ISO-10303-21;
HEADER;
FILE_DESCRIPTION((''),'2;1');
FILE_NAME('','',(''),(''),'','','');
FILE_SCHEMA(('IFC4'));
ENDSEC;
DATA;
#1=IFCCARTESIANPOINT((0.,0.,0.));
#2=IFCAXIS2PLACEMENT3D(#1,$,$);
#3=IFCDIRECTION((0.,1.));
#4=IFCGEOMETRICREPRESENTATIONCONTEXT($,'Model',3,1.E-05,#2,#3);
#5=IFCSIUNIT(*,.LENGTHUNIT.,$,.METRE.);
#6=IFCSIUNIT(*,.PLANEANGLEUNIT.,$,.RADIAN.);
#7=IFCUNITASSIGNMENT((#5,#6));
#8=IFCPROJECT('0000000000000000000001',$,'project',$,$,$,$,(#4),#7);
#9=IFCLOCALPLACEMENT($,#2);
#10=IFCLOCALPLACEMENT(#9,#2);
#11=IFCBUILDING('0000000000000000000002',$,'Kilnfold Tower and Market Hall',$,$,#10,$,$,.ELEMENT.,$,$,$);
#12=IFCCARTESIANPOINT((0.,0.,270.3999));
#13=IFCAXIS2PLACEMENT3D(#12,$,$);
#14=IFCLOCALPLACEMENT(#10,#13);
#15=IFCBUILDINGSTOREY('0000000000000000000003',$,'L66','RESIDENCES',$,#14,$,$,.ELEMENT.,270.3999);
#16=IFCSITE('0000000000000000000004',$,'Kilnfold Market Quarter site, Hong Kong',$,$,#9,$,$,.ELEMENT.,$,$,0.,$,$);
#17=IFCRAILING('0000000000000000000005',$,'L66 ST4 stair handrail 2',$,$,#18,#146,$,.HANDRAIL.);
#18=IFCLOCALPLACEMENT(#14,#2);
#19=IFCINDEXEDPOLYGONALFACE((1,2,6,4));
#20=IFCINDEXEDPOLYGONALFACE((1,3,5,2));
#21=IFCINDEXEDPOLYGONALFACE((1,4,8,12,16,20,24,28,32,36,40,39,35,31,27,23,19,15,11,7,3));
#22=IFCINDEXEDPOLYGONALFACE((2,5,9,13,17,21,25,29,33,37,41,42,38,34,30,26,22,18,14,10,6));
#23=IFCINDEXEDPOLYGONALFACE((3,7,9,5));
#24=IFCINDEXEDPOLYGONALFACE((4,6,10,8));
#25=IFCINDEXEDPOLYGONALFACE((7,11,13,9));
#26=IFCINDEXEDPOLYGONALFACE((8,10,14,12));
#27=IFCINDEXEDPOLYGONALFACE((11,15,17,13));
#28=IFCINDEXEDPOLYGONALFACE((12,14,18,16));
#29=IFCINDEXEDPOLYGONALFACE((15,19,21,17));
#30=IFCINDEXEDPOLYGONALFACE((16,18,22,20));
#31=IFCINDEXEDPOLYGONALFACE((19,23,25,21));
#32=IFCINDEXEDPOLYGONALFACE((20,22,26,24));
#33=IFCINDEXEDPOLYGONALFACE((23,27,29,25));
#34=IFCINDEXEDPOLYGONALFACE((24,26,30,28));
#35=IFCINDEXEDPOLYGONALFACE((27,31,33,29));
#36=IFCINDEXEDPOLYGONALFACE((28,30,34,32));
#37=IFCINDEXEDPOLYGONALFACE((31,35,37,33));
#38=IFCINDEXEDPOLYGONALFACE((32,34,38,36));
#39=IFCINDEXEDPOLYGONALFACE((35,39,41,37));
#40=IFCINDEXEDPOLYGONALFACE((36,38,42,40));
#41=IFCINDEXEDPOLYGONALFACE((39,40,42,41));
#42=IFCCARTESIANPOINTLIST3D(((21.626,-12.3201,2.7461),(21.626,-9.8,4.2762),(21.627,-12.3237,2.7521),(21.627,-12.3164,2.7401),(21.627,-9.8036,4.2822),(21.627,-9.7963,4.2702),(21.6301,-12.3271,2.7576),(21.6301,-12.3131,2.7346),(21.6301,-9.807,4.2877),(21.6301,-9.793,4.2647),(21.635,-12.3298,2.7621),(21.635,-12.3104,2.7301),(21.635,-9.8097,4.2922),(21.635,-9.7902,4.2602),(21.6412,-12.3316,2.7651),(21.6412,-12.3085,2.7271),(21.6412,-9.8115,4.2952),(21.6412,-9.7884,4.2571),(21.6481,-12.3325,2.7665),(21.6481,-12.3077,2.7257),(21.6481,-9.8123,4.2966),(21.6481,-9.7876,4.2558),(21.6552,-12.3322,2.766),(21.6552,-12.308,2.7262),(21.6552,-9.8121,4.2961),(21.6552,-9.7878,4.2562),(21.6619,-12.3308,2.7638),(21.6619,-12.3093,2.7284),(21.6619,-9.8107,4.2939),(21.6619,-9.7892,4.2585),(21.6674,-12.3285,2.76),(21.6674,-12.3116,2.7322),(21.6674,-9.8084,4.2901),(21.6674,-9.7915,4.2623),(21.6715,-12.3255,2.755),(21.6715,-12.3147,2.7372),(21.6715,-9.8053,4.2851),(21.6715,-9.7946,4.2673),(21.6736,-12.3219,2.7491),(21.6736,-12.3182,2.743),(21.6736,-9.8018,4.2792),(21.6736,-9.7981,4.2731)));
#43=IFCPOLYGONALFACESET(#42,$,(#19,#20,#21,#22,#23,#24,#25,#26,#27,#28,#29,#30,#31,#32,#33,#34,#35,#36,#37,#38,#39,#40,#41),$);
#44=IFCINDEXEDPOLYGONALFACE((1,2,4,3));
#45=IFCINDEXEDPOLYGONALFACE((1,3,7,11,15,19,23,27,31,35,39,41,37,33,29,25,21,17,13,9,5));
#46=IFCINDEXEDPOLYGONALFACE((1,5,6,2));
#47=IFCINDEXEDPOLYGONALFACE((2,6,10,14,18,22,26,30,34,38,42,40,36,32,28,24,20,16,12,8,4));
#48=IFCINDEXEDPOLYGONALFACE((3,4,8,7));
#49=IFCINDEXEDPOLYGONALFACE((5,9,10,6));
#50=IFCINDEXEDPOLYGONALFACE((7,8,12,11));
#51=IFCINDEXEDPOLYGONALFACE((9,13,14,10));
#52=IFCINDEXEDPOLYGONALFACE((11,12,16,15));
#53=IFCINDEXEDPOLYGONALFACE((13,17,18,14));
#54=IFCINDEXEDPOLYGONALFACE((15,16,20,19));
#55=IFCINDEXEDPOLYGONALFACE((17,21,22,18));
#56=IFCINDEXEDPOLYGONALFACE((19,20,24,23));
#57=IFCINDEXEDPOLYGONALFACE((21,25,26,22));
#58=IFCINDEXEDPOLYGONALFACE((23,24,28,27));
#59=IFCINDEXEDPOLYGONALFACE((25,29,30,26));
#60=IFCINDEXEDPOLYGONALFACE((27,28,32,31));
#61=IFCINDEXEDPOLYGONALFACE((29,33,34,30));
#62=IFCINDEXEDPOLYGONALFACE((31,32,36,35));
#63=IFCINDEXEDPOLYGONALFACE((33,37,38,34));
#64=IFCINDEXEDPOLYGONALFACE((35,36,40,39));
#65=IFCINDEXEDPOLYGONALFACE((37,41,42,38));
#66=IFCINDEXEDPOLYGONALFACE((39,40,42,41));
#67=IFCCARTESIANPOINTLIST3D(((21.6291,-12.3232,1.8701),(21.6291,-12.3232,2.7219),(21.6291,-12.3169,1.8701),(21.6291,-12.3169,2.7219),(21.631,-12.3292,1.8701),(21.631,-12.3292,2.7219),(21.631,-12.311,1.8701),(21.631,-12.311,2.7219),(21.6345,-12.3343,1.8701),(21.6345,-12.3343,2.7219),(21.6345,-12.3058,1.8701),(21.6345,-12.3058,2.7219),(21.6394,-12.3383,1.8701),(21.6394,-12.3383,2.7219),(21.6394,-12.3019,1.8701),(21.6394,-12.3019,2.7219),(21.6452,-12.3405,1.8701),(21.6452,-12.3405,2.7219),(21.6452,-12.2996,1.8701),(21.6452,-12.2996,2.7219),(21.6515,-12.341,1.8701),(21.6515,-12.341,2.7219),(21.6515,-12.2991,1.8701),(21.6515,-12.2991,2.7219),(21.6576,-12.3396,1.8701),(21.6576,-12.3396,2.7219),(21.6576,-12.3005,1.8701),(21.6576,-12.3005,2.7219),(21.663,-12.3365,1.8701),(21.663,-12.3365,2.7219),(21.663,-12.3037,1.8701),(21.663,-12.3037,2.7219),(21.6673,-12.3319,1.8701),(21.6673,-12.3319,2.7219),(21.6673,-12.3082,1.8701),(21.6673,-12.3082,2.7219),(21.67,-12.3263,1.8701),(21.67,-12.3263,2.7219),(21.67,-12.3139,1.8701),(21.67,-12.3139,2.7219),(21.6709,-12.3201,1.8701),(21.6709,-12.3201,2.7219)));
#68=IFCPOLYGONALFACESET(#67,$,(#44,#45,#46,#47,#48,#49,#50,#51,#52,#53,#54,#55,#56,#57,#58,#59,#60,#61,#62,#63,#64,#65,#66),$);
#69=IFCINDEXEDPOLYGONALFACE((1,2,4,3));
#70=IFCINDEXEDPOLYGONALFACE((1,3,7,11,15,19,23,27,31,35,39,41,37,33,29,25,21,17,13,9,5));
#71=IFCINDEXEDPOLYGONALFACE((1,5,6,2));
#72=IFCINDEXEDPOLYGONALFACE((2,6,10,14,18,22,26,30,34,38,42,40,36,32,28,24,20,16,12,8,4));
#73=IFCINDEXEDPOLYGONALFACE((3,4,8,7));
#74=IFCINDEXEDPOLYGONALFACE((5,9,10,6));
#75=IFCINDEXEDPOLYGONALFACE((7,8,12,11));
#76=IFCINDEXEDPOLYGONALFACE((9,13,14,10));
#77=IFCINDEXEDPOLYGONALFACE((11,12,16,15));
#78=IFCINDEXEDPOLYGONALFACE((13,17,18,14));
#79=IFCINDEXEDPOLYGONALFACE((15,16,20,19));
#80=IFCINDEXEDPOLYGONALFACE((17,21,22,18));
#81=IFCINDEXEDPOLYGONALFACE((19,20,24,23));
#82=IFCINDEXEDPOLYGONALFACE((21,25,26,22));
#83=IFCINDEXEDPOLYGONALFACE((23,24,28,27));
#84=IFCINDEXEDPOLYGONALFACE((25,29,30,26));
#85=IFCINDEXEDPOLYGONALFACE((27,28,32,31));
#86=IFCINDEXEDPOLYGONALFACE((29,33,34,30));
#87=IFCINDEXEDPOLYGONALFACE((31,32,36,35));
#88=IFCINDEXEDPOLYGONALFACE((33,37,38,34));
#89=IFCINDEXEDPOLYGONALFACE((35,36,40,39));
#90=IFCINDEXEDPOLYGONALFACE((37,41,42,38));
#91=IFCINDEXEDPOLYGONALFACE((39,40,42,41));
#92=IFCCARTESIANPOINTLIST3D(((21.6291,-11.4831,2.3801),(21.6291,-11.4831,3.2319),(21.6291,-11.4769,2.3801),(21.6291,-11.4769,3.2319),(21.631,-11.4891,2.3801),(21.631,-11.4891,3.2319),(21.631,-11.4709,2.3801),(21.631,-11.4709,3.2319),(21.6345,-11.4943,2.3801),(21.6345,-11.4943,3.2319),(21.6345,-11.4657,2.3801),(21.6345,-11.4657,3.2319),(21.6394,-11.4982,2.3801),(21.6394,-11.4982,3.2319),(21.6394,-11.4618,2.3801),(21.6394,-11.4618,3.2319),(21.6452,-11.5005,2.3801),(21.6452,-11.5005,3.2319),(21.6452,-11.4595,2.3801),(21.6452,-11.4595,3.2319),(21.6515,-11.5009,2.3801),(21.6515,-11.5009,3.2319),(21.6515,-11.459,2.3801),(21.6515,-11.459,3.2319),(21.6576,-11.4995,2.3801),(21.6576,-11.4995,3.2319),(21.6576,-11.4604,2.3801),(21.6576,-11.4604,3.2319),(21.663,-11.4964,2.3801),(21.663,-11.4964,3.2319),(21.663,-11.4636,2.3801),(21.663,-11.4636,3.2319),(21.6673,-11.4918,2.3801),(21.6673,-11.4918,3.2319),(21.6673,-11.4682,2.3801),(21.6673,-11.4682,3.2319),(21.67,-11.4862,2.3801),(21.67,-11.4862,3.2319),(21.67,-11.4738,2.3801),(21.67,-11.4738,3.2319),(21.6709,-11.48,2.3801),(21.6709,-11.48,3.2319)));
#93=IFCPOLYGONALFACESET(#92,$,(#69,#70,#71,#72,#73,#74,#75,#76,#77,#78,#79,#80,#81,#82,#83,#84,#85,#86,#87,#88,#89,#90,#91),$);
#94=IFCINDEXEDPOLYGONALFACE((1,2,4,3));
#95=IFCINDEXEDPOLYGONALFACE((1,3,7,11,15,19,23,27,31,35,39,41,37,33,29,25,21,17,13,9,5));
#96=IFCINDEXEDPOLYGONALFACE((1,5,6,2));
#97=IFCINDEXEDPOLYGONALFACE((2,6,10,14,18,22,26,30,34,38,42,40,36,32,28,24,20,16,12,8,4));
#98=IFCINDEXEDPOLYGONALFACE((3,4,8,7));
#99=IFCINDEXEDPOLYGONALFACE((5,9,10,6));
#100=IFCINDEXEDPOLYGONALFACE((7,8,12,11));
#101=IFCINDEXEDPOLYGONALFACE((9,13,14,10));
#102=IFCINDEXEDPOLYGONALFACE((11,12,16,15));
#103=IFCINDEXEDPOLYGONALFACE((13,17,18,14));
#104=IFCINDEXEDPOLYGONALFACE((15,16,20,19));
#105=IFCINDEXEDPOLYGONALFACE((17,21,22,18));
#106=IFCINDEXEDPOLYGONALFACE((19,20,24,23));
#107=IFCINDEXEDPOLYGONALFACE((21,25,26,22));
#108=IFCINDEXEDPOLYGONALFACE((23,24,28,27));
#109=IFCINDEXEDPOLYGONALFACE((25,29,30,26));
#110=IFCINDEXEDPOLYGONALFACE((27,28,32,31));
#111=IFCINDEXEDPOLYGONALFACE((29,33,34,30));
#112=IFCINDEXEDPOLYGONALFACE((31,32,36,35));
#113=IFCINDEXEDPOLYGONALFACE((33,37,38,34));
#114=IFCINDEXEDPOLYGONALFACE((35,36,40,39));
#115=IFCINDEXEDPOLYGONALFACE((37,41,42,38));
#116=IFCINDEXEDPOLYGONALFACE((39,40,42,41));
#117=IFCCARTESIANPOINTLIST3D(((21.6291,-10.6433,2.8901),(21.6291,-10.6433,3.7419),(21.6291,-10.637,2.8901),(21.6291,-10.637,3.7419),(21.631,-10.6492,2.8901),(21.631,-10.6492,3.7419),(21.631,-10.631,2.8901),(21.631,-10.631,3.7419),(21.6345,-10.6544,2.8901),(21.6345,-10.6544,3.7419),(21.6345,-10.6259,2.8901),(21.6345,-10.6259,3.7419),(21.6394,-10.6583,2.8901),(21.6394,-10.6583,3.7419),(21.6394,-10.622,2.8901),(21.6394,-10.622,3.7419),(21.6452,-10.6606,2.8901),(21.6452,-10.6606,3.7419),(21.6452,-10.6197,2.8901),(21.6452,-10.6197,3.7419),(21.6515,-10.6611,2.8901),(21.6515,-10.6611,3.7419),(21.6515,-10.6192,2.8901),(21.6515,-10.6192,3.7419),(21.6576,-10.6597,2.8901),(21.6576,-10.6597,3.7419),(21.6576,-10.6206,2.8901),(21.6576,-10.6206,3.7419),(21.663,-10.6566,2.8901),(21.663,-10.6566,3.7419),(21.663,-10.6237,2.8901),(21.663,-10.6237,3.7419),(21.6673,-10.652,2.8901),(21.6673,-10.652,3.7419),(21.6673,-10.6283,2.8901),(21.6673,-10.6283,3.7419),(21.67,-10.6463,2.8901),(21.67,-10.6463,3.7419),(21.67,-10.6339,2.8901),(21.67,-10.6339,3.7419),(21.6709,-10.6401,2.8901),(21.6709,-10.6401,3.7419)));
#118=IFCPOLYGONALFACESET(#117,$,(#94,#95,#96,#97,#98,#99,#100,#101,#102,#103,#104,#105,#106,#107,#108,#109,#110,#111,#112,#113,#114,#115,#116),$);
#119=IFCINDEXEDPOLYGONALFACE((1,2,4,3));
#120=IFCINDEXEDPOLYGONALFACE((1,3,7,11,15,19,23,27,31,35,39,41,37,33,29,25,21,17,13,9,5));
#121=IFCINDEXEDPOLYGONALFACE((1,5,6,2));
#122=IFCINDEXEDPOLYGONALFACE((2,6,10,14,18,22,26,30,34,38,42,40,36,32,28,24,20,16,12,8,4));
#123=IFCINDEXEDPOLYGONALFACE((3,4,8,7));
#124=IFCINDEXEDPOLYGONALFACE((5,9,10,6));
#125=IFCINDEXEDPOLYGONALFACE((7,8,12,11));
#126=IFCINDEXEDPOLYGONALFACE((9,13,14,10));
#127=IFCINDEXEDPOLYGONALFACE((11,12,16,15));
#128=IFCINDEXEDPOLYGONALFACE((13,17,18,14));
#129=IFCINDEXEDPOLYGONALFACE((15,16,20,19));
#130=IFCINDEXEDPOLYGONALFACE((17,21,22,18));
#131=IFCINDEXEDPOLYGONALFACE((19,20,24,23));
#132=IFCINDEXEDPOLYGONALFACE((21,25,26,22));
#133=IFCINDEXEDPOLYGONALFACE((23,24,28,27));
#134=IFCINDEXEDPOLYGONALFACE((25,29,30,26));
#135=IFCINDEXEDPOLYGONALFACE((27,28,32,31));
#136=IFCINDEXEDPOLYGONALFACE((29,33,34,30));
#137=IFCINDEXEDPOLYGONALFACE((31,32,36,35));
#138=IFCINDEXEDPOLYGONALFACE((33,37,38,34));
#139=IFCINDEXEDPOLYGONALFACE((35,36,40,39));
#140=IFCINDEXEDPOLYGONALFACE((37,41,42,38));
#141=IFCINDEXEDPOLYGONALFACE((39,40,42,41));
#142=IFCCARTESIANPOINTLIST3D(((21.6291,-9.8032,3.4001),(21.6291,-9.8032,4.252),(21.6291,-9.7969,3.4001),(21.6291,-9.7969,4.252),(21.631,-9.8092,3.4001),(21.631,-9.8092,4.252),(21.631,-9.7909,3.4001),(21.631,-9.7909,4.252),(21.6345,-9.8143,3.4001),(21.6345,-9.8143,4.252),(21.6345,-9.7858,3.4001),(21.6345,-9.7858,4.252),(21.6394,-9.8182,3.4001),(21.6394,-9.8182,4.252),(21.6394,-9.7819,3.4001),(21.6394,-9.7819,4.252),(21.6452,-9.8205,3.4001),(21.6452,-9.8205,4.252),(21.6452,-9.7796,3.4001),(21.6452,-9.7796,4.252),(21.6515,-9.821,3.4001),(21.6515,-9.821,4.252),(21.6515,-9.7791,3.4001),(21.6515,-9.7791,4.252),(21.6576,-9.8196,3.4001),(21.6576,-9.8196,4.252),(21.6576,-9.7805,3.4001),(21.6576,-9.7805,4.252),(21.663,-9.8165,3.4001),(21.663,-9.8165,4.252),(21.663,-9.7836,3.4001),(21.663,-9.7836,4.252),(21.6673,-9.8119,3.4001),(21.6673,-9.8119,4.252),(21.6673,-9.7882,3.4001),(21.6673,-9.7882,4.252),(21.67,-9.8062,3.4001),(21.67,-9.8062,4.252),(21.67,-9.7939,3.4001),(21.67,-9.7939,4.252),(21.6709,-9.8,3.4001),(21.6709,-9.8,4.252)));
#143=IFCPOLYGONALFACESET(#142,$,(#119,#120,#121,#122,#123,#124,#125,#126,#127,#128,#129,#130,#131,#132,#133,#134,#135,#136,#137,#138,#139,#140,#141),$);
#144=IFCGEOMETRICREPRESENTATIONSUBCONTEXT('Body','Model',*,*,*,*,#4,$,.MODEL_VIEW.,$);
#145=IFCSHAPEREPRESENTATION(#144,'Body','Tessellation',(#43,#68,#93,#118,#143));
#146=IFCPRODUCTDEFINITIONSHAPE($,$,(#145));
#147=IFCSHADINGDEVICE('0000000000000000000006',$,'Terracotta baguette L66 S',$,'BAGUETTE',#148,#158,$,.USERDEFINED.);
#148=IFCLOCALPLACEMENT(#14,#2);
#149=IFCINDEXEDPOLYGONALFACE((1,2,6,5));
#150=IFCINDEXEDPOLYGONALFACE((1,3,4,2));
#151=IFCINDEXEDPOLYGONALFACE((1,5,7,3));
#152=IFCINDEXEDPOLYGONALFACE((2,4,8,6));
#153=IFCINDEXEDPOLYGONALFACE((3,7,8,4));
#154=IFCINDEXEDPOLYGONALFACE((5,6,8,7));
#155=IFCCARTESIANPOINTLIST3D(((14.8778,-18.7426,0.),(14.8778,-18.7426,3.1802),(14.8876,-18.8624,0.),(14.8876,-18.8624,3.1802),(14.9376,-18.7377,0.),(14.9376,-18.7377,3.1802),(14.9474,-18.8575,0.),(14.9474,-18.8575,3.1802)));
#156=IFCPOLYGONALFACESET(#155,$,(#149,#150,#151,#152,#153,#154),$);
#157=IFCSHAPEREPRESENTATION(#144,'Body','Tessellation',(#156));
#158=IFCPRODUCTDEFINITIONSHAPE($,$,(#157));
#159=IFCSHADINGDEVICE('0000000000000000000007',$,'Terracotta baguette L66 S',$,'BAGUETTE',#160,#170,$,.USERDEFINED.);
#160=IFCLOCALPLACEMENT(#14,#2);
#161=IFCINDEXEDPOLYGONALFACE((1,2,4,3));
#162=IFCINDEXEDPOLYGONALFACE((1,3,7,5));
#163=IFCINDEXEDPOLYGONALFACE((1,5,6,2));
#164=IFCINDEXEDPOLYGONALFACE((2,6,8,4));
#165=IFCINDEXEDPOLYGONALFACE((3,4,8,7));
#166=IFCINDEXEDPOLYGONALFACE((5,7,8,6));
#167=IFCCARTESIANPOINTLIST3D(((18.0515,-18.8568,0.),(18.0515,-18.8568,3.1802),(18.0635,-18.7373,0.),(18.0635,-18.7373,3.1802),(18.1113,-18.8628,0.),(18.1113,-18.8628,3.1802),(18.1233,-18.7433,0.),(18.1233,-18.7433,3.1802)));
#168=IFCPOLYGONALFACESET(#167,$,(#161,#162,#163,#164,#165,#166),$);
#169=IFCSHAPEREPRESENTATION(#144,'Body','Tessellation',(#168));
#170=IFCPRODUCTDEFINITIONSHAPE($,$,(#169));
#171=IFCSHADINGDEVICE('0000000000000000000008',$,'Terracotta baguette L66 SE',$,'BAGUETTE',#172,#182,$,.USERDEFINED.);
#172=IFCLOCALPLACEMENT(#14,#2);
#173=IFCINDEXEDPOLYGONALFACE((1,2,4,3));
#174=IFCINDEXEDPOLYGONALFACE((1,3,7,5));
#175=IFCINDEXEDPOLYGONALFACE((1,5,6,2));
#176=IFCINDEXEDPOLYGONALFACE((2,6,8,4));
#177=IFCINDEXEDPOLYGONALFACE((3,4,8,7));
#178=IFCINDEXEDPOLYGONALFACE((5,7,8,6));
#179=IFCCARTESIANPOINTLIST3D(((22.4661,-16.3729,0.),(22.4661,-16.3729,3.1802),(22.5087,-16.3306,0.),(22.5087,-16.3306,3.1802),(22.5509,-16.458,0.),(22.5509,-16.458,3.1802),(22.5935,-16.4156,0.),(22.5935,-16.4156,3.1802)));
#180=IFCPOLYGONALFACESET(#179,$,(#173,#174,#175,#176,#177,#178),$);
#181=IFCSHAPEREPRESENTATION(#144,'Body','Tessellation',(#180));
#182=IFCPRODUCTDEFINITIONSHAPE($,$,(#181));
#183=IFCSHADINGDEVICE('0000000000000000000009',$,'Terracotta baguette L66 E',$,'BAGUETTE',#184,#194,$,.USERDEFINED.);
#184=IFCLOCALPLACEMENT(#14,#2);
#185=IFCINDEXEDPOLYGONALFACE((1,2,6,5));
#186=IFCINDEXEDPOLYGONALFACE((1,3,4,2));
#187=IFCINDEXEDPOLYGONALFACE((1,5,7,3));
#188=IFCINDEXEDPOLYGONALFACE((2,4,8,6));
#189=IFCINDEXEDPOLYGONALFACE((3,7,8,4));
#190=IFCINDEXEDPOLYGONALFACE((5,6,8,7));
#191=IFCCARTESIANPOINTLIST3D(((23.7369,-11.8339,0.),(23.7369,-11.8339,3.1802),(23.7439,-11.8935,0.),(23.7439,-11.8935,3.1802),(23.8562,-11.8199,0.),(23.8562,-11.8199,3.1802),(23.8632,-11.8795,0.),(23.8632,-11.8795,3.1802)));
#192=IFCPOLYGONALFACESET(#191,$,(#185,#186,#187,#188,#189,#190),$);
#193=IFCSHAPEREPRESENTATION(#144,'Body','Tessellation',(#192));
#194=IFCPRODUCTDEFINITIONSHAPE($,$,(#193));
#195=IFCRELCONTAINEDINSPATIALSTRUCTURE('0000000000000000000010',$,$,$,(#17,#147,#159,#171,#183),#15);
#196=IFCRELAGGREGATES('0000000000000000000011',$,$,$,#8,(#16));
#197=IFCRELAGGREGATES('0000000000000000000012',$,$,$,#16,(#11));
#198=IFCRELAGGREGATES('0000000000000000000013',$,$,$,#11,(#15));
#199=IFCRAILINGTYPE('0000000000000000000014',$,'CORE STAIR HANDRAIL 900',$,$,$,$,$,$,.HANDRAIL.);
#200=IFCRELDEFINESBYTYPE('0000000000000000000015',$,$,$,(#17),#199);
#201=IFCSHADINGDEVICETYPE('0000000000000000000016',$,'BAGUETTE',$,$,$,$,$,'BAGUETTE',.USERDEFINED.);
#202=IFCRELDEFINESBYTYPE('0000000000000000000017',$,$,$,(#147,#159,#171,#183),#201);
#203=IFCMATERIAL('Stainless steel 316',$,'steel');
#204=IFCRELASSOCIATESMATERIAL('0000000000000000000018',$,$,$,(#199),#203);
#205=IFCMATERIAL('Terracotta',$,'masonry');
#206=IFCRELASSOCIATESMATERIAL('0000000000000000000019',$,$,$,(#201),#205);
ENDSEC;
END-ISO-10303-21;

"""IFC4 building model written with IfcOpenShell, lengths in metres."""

from ifc_helpers import new_model, si_unit, direction, frame, origin, origin_2d, place, context, subcontext, project, spatial, rectangle, circle, extrude, source, transform, mapped, material, material_profile, profile_set, type_object, element, save


model = new_model("IFC4")

# Units and contexts
model_context = context("Model", 3, precision=1e-05, world=origin(), true_north=direction((0.0, 1.0)))
body_context = subcontext(model_context, "Body", "Model", "MODEL_VIEW")
ifc_project = project(units=[si_unit("LENGTHUNIT", "METRE"), si_unit("PLANEANGLEUNIT", "RADIAN")], contexts=[model_context])

# Site, building, storey
site_placement = place(None, origin())
site = spatial("IfcSite", under=ifc_project, at=site_placement, Name="Kilnfold Market Quarter site, Hong Kong", CompositionType="ELEMENT", RefElevation=0.0)
building_placement = place(site_placement, origin())
building = spatial("IfcBuilding", under=site, at=building_placement, Name="Kilnfold Tower and Market Hall", CompositionType="ELEMENT")
storey_placement = place(building_placement, frame((0.0, 0.0, 270.3999)))
storey = spatial("IfcBuildingStorey", under=building, at=storey_placement, Name="L66", Description="RESIDENCES", CompositionType="ELEMENT", Elevation=270.3999)

# Railing
ifc_material_1 = material(Name="Stainless steel 316", Category="steel")
railing_type_1 = type_object("IfcRailingType", Name="CORE STAIR HANDRAIL 900", PredefinedType="HANDRAIL", material=ifc_material_1)
railing_1_placement = place(storey_placement, frame((21.6499, -12.3201, 1.8701)))
element("IfcRailing", 1, at=railing_1_placement, inside=storey, type_object=railing_type_1, Name="L66 ST4 stair handrail 2", PredefinedType="HANDRAIL", context=body_context, shape_type="SweptSolid", body=[
    extrude(circle(Radius=0.0239, at=origin_2d()), frame((0.0, 0.0, 0.876), z_axis=(0.0, 0.854785, 0.518982), x_axis=(-1.0, 0.0, 0.0)), (0.0, 0.0, 1.0), 2.9482),
    extrude(circle(Radius=0.021, at=origin_2d()), origin(), (0.0, 0.0, 1.0), 0.8518),
    extrude(circle(Radius=0.021, at=origin_2d()), frame((0.0, 0.8401, 0.51)), (0.0, 0.0, 1.0), 0.8518),
    extrude(circle(Radius=0.021, at=origin_2d()), frame((0.0, 1.6799, 1.02)), (0.0, 0.0, 1.0), 0.8518),
    extrude(circle(Radius=0.021, at=origin_2d()), frame((0.0, 2.52, 1.53)), (0.0, 0.0, 1.0), 0.8518),
])

# Shading devices
ifc_material_2 = material(Name="Terracotta", Category="masonry")
ifc_material_profile_1 = material_profile(ifc_material_2, rectangle(XDim=0.0601, YDim=0.1201, at=origin_2d()), Name="BAG 60x120")
ifc_profile_set_1 = profile_set([ifc_material_profile_1], Name="Terracotta")
shading_device_type = type_object("IfcShadingDeviceType", Name="BAGUETTE", ElementType="BAGUETTE", PredefinedType="USERDEFINED", material=ifc_profile_set_1)
shared_shape_1 = source(origin(), body_context, "Body", "SweptSolid", [
    extrude(rectangle(XDim=0.0601, YDim=0.1201, at=origin_2d()), origin(), (0.0, 0.0, 1.0), 3.1802),
])
for number, where, z_axis, x_axis, name in (
    (2, (14.9126, -18.8, 0.0), (0.0, 0.0, 1.0), (0.996669, 0.081549, 0.0), "Terracotta baguette L66 S"),
    (3, (18.0874, -18.8, 0.0), (0.0, 0.0, 1.0), (0.994984, -0.100037, 0.0), "Terracotta baguette L66 S"),
    (4, (22.5298, -16.3943, 0.0), (0.0, 0.0, 1.0), (0.708267, 0.705945, 0.0), "Terracotta baguette L66 SE"),
    (5, (23.8, -11.8567, 0.0), (0.0, 0.0, 1.0), (-0.116643, 0.993174, 0.0), "Terracotta baguette L66 E"),
):
    element("IfcShadingDevice", number, at=place(storey_placement, frame(where, z_axis=z_axis, x_axis=x_axis)), inside=storey, type_object=shading_device_type, Name=name, ObjectType="BAGUETTE", PredefinedType="USERDEFINED", context=body_context, shape_type="MappedRepresentation", body=[
        mapped(shared_shape_1, transform((0.0, 0.0, 0.0))),
    ])

save(model, "model.ifc")
